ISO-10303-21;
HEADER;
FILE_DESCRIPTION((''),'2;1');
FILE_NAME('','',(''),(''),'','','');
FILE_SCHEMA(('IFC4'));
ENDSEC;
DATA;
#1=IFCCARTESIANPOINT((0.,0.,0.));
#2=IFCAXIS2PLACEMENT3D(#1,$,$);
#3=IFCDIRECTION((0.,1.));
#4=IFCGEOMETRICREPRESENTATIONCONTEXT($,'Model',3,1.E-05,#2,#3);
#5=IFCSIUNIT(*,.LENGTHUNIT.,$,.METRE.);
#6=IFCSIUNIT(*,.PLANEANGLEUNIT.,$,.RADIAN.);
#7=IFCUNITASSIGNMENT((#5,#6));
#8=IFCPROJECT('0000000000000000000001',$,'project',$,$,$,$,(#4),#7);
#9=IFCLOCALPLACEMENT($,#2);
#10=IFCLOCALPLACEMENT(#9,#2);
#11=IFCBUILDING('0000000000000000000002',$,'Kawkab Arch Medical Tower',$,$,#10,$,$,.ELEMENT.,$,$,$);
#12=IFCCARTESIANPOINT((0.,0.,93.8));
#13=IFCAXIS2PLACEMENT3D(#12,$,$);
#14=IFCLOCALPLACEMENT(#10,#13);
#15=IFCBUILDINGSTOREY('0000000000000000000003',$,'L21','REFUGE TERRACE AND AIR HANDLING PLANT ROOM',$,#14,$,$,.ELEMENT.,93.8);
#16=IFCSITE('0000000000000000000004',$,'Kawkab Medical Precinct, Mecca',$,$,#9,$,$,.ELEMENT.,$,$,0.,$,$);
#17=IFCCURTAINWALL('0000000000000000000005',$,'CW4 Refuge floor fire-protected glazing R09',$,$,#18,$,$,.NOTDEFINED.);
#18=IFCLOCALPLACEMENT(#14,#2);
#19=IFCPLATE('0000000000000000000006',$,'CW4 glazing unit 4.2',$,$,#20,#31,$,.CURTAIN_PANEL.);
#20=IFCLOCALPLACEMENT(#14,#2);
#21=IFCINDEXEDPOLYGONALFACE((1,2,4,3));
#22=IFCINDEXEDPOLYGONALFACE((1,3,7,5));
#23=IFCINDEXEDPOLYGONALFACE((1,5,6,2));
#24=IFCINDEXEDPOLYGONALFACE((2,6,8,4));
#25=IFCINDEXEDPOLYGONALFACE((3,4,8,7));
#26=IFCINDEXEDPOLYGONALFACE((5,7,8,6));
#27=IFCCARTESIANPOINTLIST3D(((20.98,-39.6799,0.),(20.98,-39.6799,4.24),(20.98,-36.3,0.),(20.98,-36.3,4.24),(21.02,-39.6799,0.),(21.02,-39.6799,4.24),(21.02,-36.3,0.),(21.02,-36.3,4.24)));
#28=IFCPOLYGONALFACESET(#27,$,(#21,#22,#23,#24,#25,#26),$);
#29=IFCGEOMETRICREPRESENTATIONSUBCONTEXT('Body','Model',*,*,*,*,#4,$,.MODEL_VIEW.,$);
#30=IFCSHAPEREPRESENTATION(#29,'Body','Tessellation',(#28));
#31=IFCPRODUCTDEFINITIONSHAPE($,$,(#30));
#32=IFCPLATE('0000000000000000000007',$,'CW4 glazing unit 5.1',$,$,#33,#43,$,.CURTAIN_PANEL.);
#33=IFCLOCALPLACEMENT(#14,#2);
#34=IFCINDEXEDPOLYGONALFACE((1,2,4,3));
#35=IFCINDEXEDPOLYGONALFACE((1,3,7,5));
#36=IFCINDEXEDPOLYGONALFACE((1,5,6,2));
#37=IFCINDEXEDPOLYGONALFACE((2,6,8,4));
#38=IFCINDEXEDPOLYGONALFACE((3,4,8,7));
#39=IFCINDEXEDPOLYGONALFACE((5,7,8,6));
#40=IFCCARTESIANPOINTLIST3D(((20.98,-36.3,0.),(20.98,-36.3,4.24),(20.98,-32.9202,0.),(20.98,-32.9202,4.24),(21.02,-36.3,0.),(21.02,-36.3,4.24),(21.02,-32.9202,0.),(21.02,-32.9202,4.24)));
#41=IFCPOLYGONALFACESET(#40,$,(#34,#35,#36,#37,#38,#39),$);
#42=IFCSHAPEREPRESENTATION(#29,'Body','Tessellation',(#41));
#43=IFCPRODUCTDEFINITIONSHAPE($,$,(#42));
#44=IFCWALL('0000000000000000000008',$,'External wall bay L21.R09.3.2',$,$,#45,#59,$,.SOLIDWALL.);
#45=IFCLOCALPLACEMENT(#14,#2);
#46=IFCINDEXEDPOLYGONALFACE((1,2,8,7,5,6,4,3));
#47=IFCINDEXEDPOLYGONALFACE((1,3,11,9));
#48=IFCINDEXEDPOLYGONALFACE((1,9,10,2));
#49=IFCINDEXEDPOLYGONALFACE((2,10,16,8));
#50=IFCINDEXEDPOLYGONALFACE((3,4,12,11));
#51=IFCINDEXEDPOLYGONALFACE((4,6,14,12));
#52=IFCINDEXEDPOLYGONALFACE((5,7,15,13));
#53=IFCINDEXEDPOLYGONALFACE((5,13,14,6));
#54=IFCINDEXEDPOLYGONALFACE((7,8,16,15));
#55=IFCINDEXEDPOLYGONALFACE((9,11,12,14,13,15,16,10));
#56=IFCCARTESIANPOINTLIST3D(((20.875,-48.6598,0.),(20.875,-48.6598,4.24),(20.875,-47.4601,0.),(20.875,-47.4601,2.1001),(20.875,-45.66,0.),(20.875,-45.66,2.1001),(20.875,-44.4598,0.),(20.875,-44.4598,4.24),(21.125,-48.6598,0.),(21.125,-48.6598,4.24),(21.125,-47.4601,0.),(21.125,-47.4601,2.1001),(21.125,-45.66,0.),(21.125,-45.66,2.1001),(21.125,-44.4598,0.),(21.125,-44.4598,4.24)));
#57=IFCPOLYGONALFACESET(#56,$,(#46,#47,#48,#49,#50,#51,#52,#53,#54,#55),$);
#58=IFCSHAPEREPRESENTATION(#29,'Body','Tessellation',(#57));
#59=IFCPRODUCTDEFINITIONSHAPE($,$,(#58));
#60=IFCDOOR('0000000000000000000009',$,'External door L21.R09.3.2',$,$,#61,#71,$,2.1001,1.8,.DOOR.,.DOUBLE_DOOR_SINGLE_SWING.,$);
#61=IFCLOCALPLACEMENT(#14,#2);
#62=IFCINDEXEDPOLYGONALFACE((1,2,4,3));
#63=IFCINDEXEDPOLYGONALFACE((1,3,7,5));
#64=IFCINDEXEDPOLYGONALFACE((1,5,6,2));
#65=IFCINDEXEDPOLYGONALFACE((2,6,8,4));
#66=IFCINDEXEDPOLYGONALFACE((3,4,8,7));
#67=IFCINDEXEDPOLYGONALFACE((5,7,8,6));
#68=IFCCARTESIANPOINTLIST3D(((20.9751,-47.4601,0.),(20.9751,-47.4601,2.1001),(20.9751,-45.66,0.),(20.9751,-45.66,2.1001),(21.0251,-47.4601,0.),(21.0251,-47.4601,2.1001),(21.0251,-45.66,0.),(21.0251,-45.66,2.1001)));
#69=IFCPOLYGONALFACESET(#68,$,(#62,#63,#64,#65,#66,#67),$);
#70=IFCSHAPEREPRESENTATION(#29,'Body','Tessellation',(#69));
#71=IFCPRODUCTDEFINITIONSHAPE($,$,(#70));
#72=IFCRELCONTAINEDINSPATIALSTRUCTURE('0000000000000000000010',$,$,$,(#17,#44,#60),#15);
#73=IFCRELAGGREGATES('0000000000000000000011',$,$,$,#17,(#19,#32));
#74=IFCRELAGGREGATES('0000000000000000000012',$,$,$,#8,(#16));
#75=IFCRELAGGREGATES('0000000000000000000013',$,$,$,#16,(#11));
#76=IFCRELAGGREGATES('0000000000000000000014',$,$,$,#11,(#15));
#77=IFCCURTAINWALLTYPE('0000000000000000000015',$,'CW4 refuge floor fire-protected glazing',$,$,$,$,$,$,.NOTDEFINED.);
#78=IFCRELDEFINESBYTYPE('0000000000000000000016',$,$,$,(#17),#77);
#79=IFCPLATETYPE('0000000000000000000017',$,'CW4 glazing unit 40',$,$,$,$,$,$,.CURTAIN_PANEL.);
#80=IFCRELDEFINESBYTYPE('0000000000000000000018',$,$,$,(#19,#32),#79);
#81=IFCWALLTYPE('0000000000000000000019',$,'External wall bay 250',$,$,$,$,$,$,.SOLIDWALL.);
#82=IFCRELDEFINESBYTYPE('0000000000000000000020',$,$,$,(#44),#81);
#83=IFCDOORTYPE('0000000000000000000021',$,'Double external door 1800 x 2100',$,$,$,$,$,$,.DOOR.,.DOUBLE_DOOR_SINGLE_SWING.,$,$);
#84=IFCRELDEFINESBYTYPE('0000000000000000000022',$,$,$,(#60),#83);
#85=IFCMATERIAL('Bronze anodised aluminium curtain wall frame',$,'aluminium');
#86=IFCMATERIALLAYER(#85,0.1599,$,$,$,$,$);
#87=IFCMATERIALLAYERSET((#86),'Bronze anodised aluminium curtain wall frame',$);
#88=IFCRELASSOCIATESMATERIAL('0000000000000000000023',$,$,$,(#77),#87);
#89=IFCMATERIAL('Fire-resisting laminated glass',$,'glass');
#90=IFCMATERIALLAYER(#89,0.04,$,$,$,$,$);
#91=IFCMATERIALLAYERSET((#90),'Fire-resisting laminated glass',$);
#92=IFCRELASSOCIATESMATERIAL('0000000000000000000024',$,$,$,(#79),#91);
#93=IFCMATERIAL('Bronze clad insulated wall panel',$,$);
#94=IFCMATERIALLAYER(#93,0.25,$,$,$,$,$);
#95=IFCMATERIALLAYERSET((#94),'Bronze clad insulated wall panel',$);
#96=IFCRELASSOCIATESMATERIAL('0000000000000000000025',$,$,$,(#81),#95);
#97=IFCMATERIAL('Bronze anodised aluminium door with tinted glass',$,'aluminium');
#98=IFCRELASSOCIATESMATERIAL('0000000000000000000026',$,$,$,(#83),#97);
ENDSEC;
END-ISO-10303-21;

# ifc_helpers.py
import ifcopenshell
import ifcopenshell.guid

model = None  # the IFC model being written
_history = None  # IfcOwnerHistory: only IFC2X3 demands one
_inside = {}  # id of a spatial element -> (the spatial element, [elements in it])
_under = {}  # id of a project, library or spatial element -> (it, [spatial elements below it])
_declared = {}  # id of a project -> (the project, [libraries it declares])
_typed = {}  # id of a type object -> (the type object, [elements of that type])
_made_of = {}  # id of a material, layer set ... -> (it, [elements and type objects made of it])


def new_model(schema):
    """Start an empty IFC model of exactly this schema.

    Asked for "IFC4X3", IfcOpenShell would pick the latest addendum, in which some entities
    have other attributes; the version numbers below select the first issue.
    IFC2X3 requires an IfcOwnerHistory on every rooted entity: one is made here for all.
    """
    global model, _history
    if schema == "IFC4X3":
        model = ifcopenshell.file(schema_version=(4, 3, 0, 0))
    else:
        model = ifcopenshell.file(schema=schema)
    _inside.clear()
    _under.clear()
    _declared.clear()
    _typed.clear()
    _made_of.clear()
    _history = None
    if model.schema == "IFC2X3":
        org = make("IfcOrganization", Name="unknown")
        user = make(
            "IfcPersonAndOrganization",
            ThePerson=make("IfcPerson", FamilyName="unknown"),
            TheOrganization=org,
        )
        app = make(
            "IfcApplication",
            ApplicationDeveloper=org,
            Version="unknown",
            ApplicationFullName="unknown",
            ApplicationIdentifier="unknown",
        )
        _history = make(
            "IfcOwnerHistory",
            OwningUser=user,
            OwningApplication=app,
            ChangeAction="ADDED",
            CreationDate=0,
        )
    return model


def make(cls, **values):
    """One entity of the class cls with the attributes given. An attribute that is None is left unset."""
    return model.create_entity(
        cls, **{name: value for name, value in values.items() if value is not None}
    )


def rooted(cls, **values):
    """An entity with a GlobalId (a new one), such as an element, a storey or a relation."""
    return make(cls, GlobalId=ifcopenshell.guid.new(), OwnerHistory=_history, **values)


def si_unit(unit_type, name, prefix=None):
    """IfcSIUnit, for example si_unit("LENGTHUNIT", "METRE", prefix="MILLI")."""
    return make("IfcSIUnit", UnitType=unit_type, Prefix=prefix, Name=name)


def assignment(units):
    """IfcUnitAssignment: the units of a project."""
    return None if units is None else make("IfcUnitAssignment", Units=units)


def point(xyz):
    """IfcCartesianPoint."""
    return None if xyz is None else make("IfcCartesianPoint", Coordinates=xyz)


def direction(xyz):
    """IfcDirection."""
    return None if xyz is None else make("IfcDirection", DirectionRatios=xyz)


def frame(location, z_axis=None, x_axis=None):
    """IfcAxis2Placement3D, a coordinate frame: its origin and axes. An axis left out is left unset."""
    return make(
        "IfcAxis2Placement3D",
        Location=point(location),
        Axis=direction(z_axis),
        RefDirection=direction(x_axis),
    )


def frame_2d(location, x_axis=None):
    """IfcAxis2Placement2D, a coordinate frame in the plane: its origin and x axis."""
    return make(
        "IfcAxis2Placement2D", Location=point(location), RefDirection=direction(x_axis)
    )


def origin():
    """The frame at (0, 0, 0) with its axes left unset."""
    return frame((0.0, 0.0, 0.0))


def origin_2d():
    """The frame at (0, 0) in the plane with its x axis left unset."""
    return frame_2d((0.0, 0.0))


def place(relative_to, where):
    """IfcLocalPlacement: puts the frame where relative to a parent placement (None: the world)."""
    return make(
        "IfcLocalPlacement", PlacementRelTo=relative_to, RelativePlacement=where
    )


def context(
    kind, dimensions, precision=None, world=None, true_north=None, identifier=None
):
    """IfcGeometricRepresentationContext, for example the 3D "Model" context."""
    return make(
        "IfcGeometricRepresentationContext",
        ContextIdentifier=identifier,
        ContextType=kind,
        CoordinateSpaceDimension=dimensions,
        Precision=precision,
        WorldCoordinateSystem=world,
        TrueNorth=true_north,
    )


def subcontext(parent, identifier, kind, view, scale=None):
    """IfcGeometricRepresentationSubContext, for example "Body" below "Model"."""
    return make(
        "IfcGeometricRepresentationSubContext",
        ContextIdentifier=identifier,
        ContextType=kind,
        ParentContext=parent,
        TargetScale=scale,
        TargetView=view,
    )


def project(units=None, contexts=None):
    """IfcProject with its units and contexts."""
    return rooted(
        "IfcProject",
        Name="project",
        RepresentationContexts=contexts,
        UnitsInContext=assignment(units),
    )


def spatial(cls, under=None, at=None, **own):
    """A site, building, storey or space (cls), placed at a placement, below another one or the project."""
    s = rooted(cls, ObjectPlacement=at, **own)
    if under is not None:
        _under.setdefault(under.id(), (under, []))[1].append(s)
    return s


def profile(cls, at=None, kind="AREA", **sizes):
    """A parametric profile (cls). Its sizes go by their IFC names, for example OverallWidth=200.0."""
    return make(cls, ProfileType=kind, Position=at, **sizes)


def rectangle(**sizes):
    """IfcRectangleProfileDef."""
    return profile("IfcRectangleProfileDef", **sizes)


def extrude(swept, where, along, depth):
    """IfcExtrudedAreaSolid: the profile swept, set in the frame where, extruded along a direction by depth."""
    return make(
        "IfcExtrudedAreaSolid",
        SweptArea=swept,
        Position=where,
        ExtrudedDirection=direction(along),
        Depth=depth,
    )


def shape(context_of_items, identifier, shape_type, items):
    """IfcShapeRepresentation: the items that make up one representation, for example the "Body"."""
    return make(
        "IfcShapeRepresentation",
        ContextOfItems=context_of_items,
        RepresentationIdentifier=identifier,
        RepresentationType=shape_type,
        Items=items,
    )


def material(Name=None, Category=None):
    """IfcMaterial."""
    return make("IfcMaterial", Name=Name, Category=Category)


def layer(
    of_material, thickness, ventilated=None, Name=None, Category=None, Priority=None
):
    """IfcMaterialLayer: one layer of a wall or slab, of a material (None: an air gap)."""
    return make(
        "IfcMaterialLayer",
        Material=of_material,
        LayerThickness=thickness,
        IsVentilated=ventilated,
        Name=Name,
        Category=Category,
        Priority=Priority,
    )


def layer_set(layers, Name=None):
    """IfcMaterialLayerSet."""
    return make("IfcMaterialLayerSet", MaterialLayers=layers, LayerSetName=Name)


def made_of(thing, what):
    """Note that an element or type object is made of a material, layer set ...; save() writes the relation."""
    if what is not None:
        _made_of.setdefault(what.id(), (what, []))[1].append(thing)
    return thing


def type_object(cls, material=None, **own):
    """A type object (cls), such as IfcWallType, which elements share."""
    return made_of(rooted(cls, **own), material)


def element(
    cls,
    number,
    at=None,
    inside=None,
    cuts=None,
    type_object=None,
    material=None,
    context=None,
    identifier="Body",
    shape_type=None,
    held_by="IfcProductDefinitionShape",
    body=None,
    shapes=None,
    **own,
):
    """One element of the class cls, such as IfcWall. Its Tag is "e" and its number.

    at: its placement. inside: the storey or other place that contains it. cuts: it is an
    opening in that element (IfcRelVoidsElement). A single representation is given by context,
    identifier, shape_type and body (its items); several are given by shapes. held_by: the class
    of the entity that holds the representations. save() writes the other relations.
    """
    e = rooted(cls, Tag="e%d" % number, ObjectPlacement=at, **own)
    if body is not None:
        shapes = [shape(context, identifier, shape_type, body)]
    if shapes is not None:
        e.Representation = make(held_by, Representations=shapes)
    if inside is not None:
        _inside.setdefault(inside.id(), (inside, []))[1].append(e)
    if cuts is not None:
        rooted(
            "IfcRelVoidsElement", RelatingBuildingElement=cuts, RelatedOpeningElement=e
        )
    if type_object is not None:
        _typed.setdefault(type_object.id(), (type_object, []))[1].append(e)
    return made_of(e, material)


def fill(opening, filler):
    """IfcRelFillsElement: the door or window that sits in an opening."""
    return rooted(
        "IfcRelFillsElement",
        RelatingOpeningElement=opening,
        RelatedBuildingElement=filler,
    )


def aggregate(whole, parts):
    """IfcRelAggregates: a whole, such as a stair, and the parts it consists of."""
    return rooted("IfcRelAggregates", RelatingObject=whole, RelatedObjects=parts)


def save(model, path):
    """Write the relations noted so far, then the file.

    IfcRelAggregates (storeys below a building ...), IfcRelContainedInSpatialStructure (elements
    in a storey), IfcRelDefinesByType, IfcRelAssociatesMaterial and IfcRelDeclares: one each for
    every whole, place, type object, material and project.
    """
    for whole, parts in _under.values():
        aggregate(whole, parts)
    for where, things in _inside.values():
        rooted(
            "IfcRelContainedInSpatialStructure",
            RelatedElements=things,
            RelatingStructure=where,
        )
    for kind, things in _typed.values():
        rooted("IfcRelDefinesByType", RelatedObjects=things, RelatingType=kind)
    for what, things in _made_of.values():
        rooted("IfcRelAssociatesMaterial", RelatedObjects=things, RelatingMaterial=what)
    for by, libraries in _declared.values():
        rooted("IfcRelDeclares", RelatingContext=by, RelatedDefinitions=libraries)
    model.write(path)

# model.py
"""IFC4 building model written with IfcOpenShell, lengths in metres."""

from ifc_helpers import new_model, si_unit, direction, frame, frame_2d, origin, origin_2d, place, context, subcontext, project, spatial, rectangle, extrude, material, layer, layer_set, type_object, element, fill, aggregate, save


model = new_model("IFC4")

# Units and contexts
model_context = context("Model", 3, precision=1e-05, world=origin(), true_north=direction((0.0, 1.0)))
body_context = subcontext(model_context, "Body", "Model", "MODEL_VIEW")
ifc_project = project(units=[si_unit("LENGTHUNIT", "METRE"), si_unit("PLANEANGLEUNIT", "RADIAN")], contexts=[model_context])

# Site, building, storey
site_placement = place(None, origin())
site = spatial("IfcSite", under=ifc_project, at=site_placement, Name="Kawkab Medical Precinct, Mecca", CompositionType="ELEMENT", RefElevation=0.0)
building_placement = place(site_placement, origin())
building = spatial("IfcBuilding", under=site, at=building_placement, Name="Kawkab Arch Medical Tower", CompositionType="ELEMENT")
storey_placement = place(building_placement, frame((0.0, 0.0, 93.8)))
storey = spatial("IfcBuildingStorey", under=building, at=storey_placement, Name="L21", Description="REFUGE TERRACE AND AIR HANDLING PLANT ROOM", CompositionType="ELEMENT", Elevation=93.8)

# Curtain wall
ifc_material_1 = material(Name="Bronze anodised aluminium curtain wall frame", Category="aluminium")
ifc_layer_1 = layer(ifc_material_1, 0.1599)
ifc_layer_set_1 = layer_set([ifc_layer_1], Name="Bronze anodised aluminium curtain wall frame")
curtain_wall_type = type_object("IfcCurtainWallType", Name="CW4 refuge floor fire-protected glazing", PredefinedType="NOTDEFINED", material=ifc_layer_set_1)
curtain_wall_placement = place(storey_placement, origin())
curtain_wall = element("IfcCurtainWall", 1, at=curtain_wall_placement, inside=storey, type_object=curtain_wall_type, Name="CW4 Refuge floor fire-protected glazing R09", PredefinedType="NOTDEFINED")

# Plates
ifc_material_2 = material(Name="Fire-resisting laminated glass", Category="glass")
ifc_layer_2 = layer(ifc_material_2, 0.04)
ifc_layer_set_2 = layer_set([ifc_layer_2], Name="Fire-resisting laminated glass")
plate_type = type_object("IfcPlateType", Name="CW4 glazing unit 40", PredefinedType="CURTAIN_PANEL", material=ifc_layer_set_2)
plate_1_placement = place(storey_placement, frame((21.0, -37.99, 0.0), z_axis=(0.0, 0.0, 1.0), x_axis=(0.0, 1.0, 0.0)))
plate_1 = element("IfcPlate", 2, at=plate_1_placement, type_object=plate_type, Name="CW4 glazing unit 4.2", PredefinedType="CURTAIN_PANEL", context=body_context, shape_type="SweptSolid", body=[
    extrude(rectangle(XDim=3.3799, YDim=0.04, at=origin_2d()), origin(), (0.0, 0.0, 1.0), 4.24),
])
plate_2_placement = place(storey_placement, frame((21.0, -34.6101, 0.0), z_axis=(0.0, 0.0, 1.0), x_axis=(0.0, 1.0, 0.0)))
plate_2 = element("IfcPlate", 3, at=plate_2_placement, type_object=plate_type, Name="CW4 glazing unit 5.1", PredefinedType="CURTAIN_PANEL", context=body_context, shape_type="SweptSolid", body=[
    extrude(rectangle(XDim=3.3799, YDim=0.04, at=origin_2d()), origin(), (0.0, 0.0, 1.0), 4.24),
])
aggregate(curtain_wall, [plate_1, plate_2])

# Wall, opening, door
ifc_material_3 = material(Name="Bronze clad insulated wall panel")
ifc_layer_3 = layer(ifc_material_3, 0.25)
ifc_layer_set_3 = layer_set([ifc_layer_3], Name="Bronze clad insulated wall panel")
wall_type = type_object("IfcWallType", Name="External wall bay 250", PredefinedType="SOLIDWALL", material=ifc_layer_set_3)
wall_placement = place(storey_placement, frame((21.0, -48.6599, 0.0), z_axis=(0.0, 0.0, 1.0), x_axis=(0.0, 1.0, 0.0)))
wall = element("IfcWall", 4, at=wall_placement, inside=storey, type_object=wall_type, Name="External wall bay L21.R09.3.2", PredefinedType="SOLIDWALL", context=body_context, shape_type="SweptSolid", body=[
    extrude(rectangle(XDim=4.2, YDim=0.25, at=frame_2d((2.1001, 0.0))), origin(), (0.0, 0.0, 1.0), 4.24),
])
opening_placement = place(wall_placement, frame((1.2, 0.0, 0.0)))
opening = element("IfcOpeningElement", 5, at=opening_placement, cuts=wall, PredefinedType="OPENING", context=body_context, shape_type="SweptSolid", body=[
    extrude(rectangle(XDim=1.8, YDim=2.1001, at=frame_2d((0.8999, 1.05))), frame((0.0, 0.135, 0.0), z_axis=(0.0, -1.0, 0.0), x_axis=(1.0, 0.0, 0.0)), (0.0, 0.0, 1.0), 0.27),
])
ifc_material_4 = material(Name="Bronze anodised aluminium door with tinted glass", Category="aluminium")
door_type = type_object("IfcDoorType", Name="Double external door 1800 x 2100", OperationType="DOUBLE_DOOR_SINGLE_SWING", PredefinedType="DOOR", material=ifc_material_4)
door_placement = place(opening_placement, origin())
door = element("IfcDoor", 6, at=door_placement, inside=storey, type_object=door_type, Name="External door L21.R09.3.2", OperationType="DOUBLE_DOOR_SINGLE_SWING", OverallHeight=2.1001, OverallWidth=1.8, PredefinedType="DOOR", context=body_context, shape_type="SweptSolid", body=[
    extrude(rectangle(XDim=1.8, YDim=2.1001, at=frame_2d((0.8999, 1.05))), frame((0.0, 0.0249, 0.0), z_axis=(0.0, -1.0, 0.0), x_axis=(1.0, 0.0, 0.0)), (0.0, 0.0, 1.0), 0.05),
])
fill(opening, door)

save(model, "model.ifc")
